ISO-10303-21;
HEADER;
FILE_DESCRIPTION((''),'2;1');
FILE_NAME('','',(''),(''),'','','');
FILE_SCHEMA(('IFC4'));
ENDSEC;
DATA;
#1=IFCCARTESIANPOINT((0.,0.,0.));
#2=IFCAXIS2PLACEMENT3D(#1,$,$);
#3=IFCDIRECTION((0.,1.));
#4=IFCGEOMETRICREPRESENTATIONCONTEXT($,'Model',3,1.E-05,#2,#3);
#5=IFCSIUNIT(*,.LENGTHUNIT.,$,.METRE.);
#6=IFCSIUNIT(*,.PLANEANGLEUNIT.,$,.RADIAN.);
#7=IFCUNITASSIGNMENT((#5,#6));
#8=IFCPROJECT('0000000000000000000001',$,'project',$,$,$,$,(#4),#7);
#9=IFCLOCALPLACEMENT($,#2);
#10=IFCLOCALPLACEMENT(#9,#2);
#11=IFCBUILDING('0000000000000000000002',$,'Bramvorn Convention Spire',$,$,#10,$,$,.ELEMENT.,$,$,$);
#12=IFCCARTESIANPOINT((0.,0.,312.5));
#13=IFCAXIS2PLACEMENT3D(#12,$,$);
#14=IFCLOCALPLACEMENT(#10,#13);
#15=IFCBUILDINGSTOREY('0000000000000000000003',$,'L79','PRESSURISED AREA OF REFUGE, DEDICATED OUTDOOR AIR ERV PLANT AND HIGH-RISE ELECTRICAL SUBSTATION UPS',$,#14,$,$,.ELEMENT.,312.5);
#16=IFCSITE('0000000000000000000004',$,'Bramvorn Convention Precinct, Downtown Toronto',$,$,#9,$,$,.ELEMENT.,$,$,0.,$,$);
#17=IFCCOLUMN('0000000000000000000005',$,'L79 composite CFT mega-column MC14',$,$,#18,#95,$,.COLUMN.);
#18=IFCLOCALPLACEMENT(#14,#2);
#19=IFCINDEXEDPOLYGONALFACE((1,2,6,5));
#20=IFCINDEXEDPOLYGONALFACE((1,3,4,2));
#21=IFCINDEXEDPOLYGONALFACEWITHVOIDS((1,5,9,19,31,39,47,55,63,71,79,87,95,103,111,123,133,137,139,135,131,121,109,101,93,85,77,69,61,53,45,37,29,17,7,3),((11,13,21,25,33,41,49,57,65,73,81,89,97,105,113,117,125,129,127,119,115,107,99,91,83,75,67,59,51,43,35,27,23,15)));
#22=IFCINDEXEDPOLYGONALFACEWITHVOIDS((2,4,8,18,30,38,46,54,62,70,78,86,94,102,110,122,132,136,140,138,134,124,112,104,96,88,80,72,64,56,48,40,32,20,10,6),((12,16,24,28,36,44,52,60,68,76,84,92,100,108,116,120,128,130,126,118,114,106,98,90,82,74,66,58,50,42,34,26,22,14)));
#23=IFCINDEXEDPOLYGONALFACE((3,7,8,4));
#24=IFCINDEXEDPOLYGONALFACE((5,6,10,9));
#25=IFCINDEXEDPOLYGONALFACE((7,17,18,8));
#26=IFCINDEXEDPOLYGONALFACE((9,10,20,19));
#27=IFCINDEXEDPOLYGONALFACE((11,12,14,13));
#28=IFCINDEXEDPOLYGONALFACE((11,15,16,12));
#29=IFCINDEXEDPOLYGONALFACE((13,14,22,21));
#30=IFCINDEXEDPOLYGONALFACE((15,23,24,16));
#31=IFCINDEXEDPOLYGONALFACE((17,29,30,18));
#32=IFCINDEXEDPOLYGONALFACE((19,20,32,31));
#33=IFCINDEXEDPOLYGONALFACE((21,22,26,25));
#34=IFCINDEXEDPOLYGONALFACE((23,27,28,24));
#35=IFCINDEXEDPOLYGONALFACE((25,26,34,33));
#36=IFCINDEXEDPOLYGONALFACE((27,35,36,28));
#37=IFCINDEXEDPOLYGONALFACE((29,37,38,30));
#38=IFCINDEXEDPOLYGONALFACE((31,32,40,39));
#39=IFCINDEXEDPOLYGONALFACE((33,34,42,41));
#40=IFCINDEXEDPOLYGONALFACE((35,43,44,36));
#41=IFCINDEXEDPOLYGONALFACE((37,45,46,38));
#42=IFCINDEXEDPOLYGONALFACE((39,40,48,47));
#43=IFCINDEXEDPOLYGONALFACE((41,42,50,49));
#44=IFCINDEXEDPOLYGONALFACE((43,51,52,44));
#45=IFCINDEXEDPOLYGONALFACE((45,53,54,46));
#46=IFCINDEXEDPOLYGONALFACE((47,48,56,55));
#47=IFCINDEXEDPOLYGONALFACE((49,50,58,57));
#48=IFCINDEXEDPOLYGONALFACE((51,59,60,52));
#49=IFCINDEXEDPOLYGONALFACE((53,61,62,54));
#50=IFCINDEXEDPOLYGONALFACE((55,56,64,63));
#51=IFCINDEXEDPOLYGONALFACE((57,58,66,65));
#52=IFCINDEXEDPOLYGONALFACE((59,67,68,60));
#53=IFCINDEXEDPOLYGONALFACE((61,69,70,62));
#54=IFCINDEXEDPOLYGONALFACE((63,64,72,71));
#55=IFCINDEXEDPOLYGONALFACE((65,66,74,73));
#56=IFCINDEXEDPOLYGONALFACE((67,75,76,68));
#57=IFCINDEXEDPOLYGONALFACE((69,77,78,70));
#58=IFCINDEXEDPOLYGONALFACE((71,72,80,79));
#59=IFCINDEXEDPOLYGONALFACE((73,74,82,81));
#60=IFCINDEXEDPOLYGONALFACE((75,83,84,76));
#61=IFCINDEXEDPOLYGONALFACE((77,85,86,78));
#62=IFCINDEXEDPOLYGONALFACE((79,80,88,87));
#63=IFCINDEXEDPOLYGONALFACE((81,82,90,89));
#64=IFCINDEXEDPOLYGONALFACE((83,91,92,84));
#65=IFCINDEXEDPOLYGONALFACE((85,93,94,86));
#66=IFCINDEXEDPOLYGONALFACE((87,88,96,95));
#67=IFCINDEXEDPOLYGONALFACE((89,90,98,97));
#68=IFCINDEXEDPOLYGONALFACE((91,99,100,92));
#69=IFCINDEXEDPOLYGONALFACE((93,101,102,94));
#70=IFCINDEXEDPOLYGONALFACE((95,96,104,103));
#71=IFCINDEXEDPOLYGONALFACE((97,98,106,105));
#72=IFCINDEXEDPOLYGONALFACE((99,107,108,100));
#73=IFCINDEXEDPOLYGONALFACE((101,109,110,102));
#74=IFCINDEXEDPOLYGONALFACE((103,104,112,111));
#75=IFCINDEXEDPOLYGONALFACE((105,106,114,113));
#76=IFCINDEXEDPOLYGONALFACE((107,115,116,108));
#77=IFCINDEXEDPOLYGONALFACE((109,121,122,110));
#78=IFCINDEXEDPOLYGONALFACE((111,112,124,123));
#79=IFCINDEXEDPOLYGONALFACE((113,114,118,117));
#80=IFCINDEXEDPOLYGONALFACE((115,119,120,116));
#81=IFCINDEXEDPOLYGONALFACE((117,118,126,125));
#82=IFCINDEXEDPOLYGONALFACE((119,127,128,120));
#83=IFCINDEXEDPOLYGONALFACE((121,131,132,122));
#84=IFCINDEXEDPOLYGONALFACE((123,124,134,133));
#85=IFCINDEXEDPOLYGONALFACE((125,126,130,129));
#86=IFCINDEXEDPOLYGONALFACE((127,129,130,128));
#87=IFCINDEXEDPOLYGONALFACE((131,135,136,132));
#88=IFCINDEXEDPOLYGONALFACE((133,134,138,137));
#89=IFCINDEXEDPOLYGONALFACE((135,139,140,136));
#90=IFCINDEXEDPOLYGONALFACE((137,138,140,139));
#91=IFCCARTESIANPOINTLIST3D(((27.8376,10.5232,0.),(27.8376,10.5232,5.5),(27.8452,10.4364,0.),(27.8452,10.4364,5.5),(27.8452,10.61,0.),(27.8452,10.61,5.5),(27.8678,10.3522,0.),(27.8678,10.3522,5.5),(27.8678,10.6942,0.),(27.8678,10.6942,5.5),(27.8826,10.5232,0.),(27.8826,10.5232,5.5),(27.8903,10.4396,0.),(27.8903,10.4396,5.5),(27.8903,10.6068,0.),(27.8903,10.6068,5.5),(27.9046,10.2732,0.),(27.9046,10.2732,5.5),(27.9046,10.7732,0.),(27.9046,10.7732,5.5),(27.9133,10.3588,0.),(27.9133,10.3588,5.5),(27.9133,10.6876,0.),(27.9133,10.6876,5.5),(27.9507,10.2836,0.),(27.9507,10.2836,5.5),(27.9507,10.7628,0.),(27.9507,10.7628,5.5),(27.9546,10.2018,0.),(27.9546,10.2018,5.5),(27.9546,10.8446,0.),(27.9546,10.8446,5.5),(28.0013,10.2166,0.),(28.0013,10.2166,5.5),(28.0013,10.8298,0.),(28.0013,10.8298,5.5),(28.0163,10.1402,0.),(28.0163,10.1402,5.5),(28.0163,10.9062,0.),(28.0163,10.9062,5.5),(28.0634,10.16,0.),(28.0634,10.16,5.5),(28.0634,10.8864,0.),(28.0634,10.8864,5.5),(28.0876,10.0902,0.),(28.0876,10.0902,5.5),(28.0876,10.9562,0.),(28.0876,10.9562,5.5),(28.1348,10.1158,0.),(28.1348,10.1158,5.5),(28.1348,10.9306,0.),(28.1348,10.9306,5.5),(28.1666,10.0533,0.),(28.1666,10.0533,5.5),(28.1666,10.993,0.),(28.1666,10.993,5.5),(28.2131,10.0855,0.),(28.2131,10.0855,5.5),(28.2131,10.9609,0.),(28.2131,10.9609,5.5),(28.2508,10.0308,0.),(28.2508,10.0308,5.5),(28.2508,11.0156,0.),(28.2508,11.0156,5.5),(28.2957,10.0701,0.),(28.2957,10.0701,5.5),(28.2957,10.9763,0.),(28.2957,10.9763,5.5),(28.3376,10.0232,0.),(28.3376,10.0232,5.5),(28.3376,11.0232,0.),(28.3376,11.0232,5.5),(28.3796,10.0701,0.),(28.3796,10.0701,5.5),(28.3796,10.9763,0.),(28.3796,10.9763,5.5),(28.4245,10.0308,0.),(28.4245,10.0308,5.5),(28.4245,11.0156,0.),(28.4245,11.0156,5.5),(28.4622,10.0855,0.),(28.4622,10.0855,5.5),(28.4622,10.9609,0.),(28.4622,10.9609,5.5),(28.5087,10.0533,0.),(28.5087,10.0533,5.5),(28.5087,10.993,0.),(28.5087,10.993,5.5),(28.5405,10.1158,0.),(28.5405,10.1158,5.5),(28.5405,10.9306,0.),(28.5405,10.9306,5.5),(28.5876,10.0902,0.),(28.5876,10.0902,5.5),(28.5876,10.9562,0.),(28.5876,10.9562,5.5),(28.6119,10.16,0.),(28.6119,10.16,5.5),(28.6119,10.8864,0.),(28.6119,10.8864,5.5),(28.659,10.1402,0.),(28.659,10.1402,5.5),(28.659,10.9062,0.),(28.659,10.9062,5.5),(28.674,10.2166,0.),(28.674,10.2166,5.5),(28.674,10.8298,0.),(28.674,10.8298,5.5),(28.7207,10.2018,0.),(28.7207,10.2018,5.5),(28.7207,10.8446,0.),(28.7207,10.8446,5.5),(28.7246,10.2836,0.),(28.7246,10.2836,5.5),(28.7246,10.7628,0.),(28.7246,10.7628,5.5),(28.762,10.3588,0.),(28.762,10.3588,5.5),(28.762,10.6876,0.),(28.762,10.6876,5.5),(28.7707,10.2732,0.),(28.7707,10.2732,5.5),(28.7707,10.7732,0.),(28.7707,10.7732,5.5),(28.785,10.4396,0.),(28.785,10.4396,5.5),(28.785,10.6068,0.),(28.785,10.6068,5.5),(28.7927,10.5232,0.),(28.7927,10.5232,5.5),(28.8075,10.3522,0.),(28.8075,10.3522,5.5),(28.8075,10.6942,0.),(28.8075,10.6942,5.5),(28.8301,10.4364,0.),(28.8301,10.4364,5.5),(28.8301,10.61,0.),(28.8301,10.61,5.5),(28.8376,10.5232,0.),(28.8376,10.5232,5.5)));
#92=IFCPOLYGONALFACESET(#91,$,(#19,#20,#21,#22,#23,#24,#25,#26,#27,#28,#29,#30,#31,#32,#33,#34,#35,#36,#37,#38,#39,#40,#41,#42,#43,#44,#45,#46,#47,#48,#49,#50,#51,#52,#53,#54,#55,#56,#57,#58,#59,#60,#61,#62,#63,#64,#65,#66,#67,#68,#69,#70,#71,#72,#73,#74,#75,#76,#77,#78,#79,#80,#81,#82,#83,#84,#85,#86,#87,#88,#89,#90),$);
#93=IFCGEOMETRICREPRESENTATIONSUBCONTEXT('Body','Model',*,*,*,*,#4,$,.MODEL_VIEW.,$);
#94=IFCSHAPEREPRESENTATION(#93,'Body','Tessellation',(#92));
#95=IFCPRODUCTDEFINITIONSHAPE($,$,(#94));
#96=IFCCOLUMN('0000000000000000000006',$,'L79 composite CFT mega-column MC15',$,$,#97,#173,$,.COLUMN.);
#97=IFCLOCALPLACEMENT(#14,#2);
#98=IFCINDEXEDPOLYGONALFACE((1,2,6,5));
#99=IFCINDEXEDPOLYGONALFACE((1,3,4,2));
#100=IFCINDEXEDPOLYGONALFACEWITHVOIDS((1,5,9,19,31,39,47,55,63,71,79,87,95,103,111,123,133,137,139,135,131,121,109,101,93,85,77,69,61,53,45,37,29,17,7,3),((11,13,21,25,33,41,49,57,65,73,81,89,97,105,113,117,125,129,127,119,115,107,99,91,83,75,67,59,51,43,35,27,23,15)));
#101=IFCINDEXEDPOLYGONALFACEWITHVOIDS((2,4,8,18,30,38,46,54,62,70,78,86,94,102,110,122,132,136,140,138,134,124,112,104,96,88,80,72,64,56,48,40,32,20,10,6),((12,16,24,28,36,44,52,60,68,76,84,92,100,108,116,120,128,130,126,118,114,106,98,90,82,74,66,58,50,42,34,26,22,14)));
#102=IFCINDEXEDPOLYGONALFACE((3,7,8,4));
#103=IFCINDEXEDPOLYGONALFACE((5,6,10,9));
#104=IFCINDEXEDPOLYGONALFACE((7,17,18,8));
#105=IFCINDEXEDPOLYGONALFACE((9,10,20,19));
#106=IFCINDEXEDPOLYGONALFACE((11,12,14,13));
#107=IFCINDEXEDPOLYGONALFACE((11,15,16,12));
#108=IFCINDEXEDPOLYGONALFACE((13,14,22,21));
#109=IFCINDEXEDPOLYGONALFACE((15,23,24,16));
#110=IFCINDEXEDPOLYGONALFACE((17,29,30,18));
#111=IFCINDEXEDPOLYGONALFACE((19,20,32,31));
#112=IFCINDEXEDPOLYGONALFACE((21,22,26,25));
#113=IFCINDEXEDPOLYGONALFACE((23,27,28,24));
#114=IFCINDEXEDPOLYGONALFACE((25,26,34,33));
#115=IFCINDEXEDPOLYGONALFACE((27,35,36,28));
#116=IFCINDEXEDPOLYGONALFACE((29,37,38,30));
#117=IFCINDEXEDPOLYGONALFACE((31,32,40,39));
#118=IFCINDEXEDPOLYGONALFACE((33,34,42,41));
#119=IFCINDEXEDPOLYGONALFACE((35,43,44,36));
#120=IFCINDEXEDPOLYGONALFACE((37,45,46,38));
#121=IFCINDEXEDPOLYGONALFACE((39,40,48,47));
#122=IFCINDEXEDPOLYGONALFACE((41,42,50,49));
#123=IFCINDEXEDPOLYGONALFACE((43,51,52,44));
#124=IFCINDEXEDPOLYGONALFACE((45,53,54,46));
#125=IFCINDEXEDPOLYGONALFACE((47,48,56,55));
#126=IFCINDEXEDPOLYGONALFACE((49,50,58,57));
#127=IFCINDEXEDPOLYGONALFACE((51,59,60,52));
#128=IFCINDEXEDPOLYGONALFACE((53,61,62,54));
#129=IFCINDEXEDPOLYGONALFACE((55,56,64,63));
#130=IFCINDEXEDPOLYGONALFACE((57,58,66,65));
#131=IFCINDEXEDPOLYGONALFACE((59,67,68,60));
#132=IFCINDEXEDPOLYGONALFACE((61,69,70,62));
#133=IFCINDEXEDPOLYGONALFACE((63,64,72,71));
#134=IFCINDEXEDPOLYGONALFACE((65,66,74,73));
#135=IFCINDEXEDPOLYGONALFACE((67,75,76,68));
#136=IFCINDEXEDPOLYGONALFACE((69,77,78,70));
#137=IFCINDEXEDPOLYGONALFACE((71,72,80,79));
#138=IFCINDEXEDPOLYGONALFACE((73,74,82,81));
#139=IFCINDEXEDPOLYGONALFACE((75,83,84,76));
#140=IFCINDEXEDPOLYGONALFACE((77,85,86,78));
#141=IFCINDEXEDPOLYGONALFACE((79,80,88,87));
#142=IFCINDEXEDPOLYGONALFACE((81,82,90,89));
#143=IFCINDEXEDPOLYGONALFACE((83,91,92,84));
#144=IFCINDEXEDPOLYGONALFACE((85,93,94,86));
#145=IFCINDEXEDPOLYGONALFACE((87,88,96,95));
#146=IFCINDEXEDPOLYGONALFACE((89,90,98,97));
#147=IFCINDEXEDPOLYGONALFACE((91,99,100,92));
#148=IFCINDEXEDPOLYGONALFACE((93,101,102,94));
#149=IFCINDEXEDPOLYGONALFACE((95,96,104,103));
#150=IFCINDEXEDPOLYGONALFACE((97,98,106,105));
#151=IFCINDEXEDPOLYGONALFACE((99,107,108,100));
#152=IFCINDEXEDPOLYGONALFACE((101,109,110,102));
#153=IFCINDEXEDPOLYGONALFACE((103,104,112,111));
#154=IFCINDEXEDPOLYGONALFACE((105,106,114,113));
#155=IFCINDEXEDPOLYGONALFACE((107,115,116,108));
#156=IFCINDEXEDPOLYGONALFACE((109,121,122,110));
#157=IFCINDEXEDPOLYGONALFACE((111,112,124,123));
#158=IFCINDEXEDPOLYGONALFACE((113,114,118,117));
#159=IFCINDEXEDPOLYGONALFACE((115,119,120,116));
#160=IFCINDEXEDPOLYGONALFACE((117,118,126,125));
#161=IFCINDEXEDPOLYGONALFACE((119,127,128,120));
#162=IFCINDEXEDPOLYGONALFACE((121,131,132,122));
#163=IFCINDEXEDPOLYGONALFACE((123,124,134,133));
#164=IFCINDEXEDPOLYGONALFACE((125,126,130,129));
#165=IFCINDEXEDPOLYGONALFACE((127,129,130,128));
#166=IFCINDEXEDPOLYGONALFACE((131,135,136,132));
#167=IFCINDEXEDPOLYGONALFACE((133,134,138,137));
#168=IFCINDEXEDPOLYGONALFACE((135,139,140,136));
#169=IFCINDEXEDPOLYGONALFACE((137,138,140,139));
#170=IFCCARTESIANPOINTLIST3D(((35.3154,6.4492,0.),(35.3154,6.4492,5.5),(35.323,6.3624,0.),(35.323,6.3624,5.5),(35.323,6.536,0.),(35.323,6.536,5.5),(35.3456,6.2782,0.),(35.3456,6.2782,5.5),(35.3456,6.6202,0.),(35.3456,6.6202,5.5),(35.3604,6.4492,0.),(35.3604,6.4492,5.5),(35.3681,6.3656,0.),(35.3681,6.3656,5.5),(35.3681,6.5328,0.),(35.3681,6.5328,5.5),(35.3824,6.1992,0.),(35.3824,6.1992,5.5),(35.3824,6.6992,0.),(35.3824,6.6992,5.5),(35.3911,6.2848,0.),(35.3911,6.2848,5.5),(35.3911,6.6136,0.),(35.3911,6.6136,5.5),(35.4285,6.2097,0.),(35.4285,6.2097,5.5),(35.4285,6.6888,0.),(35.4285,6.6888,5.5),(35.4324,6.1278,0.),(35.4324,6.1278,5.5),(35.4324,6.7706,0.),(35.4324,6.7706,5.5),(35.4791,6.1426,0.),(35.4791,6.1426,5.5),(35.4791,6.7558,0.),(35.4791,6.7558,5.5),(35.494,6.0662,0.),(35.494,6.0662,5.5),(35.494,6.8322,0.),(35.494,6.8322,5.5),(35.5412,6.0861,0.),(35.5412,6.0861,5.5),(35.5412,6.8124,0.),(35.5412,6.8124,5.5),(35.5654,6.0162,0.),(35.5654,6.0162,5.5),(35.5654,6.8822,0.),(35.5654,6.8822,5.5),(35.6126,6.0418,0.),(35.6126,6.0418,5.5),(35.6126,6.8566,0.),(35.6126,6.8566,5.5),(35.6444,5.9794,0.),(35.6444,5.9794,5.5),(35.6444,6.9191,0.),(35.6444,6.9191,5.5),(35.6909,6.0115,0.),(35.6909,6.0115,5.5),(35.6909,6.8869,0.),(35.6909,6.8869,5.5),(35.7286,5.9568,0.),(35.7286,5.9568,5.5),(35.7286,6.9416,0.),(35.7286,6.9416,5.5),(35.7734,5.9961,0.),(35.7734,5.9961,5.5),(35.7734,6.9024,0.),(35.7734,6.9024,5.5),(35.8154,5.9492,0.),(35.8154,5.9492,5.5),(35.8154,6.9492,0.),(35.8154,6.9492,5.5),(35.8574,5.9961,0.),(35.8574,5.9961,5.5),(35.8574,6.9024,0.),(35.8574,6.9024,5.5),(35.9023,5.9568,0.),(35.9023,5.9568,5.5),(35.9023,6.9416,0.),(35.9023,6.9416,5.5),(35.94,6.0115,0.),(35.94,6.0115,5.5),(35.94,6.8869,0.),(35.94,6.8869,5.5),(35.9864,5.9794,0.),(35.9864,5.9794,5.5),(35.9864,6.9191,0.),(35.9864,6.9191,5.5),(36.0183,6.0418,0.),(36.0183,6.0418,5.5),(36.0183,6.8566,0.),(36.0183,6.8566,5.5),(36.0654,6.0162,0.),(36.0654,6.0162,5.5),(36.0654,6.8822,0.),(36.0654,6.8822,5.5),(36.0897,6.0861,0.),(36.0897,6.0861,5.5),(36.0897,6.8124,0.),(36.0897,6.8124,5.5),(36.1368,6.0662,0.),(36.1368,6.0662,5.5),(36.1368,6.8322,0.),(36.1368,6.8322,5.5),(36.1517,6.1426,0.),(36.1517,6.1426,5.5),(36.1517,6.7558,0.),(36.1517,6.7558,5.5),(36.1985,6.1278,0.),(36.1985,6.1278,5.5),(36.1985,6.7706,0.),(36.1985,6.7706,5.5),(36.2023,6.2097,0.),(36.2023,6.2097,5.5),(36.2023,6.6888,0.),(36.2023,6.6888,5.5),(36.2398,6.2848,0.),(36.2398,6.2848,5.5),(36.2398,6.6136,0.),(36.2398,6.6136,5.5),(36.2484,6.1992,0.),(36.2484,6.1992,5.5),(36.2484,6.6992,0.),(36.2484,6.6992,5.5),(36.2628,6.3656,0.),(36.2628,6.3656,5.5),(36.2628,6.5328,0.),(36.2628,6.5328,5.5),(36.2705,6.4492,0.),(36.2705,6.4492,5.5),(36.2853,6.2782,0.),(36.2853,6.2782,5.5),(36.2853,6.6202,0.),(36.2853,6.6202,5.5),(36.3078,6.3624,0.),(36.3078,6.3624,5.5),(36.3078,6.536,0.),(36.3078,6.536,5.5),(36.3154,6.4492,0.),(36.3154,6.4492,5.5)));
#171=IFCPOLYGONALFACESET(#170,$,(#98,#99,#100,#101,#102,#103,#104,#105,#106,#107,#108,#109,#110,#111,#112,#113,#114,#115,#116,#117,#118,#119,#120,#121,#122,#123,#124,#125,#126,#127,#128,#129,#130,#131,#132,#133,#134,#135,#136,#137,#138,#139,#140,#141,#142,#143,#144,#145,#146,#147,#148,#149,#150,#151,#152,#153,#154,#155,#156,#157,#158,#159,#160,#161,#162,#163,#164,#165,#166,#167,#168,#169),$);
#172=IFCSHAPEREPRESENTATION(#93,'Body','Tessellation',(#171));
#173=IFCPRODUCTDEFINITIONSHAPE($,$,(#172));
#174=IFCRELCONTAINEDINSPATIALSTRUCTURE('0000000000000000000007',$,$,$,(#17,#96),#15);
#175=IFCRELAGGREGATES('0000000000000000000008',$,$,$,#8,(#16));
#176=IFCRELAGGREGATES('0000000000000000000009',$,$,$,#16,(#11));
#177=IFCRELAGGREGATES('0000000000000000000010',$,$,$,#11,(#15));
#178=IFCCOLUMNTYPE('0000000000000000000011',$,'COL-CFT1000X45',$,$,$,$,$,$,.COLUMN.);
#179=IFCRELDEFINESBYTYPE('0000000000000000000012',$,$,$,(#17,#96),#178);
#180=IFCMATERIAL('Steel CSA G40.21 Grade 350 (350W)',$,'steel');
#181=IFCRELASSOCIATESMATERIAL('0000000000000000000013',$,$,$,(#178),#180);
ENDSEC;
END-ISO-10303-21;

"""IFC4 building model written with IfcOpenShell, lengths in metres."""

from ifc_helpers import new_model, si_unit, direction, frame, origin, origin_2d, place, context, subcontext, project, spatial, hollow_circle, extrude, material, material_profile, profile_set, type_object, element, save


model = new_model("IFC4")

# Units and contexts
model_context = context("Model", 3, precision=1e-05, world=origin(), true_north=direction((0.0, 1.0)))
body_context = subcontext(model_context, "Body", "Model", "MODEL_VIEW")
ifc_project = project(units=[si_unit("LENGTHUNIT", "METRE"), si_unit("PLANEANGLEUNIT", "RADIAN")], contexts=[model_context])

# Site, building, storey
site_placement = place(None, origin())
site = spatial("IfcSite", under=ifc_project, at=site_placement, Name="Bramvorn Convention Precinct, Downtown Toronto", CompositionType="ELEMENT", RefElevation=0.0)
building_placement = place(site_placement, origin())
building = spatial("IfcBuilding", under=site, at=building_placement, Name="Bramvorn Convention Spire", CompositionType="ELEMENT")
storey_placement = place(building_placement, frame((0.0, 0.0, 312.5)))
storey = spatial("IfcBuildingStorey", under=building, at=storey_placement, Name="L79", Description="PRESSURISED AREA OF REFUGE, DEDICATED OUTDOOR AIR ERV PLANT AND HIGH-RISE ELECTRICAL SUBSTATION UPS", CompositionType="ELEMENT", Elevation=312.5)

# Columns
ifc_material_1 = material(Name="Steel CSA G40.21 Grade 350 (350W)", Category="steel")
ifc_material_profile_1 = material_profile(ifc_material_1, hollow_circle(Radius=0.5, WallThickness=0.0449, at=origin_2d()))
ifc_profile_set_1 = profile_set([ifc_material_profile_1], Name="Steel CSA G40.21 Grade 350 (350W) - CFT1000X45")
column_type = type_object("IfcColumnType", Name="COL-CFT1000X45", PredefinedType="COLUMN", material=ifc_profile_set_1)
for number, where, z_axis, x_axis, name in (
    (1, (28.3376, 10.5232, 0.0), (0.0, 0.0, 1.0), (1.0, 0.0, 0.0), "L79 composite CFT mega-column MC14"),
    (2, (35.8154, 6.4492, 0.0), (0.0, 0.0, 1.0), (1.0, 0.0, 0.0), "L79 composite CFT mega-column MC15"),
):
    element("IfcColumn", number, at=place(storey_placement, frame(where, z_axis=z_axis, x_axis=x_axis)), inside=storey, type_object=column_type, Name=name, PredefinedType="COLUMN", context=body_context, shape_type="SweptSolid", body=[
        extrude(hollow_circle(Radius=0.5, WallThickness=0.0449, at=origin_2d()), origin(), (0.0, 0.0, 1.0), 5.5),
    ])

save(model, "model.ifc")
